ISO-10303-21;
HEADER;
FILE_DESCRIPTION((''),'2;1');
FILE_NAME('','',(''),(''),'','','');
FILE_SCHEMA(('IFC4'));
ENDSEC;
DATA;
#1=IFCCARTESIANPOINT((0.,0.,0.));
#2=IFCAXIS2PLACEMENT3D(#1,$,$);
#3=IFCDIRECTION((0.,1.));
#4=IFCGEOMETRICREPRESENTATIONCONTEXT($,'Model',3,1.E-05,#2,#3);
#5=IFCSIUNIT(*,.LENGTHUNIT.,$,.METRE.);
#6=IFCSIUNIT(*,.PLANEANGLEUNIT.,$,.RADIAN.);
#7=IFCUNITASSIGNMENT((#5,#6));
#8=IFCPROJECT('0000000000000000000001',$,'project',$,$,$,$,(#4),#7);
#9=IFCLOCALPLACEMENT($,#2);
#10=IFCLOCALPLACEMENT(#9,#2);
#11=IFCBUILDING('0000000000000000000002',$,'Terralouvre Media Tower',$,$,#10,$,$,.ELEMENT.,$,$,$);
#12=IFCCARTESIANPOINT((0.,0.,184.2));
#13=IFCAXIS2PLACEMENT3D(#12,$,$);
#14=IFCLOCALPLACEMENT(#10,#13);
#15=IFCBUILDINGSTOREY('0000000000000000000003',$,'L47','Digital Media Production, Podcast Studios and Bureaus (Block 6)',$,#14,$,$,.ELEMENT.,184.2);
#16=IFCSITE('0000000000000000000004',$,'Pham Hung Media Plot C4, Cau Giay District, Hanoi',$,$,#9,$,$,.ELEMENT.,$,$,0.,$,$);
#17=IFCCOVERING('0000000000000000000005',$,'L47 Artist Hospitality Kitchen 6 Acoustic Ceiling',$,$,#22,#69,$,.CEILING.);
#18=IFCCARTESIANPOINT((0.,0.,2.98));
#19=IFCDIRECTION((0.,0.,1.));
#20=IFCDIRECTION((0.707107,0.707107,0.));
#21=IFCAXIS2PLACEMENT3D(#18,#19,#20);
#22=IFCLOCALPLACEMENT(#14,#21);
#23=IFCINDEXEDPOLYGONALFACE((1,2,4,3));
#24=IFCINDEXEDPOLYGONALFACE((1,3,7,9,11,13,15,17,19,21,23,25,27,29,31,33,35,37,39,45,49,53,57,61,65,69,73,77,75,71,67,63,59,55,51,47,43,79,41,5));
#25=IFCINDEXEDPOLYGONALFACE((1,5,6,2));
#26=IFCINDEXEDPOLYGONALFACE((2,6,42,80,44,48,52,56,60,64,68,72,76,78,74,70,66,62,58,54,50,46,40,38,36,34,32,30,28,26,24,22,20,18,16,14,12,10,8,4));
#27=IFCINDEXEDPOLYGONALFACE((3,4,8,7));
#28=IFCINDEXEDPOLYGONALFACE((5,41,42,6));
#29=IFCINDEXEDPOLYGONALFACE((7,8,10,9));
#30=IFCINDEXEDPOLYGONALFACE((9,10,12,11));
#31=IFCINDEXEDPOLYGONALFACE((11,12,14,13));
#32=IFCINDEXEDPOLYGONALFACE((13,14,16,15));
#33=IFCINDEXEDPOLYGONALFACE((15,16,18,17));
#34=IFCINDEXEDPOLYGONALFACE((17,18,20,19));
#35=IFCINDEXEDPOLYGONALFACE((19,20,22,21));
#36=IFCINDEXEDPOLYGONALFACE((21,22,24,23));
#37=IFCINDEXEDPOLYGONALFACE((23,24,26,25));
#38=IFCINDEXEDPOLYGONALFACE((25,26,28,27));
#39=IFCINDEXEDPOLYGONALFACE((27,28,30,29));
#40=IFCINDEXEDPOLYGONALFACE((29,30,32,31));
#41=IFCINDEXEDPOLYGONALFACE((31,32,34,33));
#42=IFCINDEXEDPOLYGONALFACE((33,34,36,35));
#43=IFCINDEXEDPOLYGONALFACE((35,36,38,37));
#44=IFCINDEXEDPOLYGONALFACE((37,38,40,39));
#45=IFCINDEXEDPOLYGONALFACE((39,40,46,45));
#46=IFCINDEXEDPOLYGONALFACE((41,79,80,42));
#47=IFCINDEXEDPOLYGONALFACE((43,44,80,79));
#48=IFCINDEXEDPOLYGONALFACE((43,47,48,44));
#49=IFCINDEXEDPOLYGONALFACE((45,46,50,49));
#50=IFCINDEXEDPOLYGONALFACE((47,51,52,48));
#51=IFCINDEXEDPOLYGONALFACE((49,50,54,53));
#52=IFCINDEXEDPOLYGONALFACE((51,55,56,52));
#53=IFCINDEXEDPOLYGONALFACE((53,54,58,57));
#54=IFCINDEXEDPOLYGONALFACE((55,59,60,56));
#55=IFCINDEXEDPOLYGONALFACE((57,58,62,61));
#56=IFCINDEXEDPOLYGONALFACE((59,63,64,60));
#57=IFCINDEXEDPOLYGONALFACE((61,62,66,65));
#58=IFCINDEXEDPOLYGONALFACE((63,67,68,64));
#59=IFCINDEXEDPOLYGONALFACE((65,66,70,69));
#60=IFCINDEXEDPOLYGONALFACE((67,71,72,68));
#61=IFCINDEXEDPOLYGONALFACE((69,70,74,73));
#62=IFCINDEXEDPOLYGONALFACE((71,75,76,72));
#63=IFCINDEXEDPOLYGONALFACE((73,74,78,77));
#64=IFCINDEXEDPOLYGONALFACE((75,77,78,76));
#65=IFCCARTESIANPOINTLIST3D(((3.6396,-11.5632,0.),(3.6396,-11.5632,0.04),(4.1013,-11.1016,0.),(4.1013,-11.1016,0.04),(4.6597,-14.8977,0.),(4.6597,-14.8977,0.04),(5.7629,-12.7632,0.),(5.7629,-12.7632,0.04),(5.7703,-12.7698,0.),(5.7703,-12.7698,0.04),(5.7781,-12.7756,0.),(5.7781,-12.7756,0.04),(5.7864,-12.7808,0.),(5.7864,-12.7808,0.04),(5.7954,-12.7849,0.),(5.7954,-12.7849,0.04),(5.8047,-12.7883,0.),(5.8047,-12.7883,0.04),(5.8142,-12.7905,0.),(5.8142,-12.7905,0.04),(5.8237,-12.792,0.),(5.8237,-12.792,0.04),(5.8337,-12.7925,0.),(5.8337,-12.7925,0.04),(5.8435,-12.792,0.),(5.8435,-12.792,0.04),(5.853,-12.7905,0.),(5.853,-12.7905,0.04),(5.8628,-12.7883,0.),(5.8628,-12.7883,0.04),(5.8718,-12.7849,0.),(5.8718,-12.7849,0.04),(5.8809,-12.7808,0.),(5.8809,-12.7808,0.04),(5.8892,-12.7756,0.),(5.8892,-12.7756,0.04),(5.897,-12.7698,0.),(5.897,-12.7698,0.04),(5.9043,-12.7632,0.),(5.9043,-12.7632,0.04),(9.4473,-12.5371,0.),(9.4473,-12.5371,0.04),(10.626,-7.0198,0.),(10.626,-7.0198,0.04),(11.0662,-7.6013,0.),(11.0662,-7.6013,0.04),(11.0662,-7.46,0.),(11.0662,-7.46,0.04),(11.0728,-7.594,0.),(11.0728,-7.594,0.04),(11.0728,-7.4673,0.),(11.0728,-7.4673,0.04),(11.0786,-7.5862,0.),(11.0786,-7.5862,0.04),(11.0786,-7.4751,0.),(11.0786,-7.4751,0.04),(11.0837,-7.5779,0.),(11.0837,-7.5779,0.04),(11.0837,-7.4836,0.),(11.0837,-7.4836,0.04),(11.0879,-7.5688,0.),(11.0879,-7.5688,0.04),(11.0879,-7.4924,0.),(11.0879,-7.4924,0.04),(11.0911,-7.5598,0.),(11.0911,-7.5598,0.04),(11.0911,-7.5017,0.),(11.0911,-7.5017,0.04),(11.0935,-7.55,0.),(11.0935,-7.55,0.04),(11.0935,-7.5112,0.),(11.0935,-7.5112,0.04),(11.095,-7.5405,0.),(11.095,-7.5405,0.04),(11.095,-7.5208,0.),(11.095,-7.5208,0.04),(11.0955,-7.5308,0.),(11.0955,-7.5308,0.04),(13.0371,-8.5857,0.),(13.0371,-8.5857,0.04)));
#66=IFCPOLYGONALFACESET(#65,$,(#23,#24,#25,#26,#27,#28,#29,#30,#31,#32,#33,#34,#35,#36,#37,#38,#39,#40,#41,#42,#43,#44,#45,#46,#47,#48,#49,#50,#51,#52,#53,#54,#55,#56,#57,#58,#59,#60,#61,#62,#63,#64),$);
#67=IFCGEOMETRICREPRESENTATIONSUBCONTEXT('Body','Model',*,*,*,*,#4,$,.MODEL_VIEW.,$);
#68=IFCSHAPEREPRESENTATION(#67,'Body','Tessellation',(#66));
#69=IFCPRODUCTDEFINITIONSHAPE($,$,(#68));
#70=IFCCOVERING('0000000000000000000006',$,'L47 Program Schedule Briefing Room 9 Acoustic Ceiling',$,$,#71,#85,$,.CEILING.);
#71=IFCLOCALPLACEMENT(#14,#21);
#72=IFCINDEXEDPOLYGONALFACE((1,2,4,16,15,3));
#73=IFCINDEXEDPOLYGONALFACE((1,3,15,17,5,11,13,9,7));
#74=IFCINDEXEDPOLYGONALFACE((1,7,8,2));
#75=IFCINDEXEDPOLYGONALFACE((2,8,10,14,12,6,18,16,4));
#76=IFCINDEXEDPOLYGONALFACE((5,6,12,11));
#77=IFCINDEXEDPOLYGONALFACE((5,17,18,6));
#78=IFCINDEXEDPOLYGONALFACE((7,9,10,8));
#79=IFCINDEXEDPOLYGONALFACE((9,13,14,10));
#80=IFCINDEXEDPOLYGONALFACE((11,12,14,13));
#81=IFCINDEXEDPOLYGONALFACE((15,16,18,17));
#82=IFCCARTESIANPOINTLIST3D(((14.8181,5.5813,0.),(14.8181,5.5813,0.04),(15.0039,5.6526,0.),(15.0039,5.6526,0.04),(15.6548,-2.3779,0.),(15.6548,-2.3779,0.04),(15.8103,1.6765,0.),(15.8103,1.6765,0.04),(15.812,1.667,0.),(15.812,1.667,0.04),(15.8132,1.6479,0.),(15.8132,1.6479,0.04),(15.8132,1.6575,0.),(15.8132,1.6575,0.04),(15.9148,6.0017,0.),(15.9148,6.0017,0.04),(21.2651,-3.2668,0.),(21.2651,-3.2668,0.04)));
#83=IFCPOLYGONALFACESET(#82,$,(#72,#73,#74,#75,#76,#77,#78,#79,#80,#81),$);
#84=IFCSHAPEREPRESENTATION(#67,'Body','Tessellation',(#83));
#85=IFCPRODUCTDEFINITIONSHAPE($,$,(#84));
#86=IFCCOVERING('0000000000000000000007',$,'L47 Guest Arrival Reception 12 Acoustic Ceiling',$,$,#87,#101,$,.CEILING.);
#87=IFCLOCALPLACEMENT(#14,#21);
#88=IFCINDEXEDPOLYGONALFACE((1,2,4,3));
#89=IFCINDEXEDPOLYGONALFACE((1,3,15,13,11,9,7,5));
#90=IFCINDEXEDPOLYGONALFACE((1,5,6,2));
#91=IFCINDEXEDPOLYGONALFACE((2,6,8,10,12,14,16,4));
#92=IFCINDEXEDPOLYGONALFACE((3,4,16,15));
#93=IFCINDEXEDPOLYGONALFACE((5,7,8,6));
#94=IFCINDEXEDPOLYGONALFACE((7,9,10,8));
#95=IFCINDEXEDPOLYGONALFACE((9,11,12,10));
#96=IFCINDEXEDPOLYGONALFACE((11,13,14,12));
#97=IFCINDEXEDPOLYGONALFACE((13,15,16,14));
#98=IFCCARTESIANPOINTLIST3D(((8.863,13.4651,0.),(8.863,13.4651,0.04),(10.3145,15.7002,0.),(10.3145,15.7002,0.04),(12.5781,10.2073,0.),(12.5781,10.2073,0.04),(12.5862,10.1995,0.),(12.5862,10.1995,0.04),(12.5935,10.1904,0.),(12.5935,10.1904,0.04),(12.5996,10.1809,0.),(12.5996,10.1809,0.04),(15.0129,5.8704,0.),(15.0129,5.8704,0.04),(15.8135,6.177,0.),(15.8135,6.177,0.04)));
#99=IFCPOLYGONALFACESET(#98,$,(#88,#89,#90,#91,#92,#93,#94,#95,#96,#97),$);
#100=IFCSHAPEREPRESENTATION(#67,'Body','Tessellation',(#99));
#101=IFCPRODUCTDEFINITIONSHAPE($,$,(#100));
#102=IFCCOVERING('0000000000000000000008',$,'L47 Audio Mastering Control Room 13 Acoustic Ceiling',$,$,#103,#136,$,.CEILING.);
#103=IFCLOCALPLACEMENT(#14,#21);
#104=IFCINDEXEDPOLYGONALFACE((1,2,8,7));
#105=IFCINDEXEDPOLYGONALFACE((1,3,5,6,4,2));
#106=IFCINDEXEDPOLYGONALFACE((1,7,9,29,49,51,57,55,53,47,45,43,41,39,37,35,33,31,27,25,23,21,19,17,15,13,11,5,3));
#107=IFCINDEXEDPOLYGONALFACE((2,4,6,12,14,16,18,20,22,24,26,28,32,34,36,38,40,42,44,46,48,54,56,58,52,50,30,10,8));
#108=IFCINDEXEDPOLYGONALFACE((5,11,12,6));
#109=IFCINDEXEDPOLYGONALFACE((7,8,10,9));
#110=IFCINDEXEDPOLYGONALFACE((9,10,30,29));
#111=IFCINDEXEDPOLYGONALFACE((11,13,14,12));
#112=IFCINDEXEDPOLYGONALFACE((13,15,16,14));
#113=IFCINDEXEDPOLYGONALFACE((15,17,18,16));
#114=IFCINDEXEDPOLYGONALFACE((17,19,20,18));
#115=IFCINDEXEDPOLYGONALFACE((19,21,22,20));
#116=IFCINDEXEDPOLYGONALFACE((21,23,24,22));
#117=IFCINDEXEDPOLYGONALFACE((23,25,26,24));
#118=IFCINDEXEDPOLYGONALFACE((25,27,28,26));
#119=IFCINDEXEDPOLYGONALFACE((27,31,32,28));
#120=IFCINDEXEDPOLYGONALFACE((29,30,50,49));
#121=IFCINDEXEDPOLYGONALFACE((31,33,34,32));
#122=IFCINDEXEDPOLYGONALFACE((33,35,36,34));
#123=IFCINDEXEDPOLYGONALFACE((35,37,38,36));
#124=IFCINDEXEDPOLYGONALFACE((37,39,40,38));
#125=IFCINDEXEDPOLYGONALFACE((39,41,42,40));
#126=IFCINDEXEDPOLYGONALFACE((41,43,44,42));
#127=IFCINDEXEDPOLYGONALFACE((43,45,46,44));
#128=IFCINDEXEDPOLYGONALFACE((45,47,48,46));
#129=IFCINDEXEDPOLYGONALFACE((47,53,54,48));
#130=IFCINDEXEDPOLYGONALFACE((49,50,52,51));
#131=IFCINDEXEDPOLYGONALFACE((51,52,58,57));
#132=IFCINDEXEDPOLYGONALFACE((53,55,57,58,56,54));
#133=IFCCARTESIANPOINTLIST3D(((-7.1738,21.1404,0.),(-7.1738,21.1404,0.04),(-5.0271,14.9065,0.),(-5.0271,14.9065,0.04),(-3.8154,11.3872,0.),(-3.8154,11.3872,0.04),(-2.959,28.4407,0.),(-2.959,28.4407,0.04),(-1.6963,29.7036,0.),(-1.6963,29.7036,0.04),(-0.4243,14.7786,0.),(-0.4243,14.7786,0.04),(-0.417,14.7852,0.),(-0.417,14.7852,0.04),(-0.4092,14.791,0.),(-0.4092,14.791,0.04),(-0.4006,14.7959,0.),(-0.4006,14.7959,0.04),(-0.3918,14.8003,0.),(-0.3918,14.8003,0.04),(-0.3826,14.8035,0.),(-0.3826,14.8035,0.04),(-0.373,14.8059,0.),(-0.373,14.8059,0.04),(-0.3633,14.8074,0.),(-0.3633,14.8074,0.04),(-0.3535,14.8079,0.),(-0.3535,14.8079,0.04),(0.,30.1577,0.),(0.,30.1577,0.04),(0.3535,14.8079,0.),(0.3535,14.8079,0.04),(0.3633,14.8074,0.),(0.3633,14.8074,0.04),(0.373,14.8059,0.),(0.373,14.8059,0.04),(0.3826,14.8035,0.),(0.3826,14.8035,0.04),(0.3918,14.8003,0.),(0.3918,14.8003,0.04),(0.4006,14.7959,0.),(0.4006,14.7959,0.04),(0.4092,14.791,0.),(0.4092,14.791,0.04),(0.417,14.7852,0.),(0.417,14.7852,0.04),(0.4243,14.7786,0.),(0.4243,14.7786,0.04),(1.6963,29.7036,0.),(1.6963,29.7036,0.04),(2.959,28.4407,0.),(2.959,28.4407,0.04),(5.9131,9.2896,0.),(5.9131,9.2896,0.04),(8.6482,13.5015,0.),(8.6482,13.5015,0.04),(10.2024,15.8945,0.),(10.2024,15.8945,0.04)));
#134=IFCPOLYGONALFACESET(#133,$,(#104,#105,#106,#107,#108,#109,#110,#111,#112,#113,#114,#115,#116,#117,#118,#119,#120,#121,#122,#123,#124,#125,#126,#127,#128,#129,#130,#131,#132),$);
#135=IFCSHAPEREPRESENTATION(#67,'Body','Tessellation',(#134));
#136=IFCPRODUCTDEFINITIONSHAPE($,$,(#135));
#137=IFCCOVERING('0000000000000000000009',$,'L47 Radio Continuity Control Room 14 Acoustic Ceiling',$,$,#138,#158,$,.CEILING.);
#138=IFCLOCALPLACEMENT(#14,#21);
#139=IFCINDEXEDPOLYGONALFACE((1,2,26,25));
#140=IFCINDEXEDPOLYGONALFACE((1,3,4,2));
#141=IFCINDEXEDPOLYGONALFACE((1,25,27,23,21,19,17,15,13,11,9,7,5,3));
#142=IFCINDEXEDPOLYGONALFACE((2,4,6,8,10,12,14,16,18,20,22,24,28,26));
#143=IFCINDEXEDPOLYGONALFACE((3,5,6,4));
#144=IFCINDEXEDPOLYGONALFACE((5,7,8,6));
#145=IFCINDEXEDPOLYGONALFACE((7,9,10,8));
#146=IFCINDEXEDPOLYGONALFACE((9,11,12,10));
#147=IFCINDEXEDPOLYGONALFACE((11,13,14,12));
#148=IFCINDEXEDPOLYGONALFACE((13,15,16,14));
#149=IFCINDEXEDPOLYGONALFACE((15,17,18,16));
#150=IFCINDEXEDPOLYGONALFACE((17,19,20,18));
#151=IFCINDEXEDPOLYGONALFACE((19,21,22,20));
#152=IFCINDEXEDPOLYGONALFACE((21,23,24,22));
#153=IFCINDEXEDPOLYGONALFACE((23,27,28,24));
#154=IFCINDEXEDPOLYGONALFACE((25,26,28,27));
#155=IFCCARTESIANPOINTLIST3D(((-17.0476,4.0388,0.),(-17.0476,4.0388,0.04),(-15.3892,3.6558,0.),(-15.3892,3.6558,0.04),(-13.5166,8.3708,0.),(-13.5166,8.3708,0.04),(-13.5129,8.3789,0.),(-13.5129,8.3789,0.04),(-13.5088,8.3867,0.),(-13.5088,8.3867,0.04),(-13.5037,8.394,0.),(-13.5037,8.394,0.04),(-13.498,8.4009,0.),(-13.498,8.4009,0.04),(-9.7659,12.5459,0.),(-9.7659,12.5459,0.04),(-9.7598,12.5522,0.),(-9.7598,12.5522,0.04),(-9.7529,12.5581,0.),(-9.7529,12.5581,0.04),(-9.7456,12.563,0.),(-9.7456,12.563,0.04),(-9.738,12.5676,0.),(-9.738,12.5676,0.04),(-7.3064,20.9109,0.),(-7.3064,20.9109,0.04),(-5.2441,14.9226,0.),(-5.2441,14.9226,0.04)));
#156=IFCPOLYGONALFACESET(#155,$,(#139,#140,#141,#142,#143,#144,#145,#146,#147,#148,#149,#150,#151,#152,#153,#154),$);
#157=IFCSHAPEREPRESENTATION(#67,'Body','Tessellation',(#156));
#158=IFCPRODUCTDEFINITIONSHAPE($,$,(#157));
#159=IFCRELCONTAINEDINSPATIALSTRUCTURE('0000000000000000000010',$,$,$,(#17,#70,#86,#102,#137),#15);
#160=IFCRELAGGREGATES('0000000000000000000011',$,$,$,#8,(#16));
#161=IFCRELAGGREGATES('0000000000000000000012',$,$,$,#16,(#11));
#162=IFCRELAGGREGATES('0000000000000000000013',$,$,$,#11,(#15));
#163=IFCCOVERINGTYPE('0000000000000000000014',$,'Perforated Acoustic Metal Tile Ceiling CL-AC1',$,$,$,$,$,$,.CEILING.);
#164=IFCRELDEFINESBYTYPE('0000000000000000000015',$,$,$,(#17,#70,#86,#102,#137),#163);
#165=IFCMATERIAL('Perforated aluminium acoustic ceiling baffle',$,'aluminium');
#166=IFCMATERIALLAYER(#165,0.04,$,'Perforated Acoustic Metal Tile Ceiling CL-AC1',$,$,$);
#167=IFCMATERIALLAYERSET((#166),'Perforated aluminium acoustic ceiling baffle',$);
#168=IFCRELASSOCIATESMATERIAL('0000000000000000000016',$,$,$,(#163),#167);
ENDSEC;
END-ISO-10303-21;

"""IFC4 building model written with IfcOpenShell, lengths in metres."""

from ifc_helpers import new_model, si_unit, direction, frame, origin, place, context, subcontext, project, spatial, polyline, outline, extrude, material, layer, layer_set, type_object, element, save


model = new_model("IFC4")

# Units and contexts
model_context = context("Model", 3, precision=1e-05, world=origin(), true_north=direction((0.0, 1.0)))
body_context = subcontext(model_context, "Body", "Model", "MODEL_VIEW")
ifc_project = project(units=[si_unit("LENGTHUNIT", "METRE"), si_unit("PLANEANGLEUNIT", "RADIAN")], contexts=[model_context])

# Site, building, storey
site_placement = place(None, origin())
site = spatial("IfcSite", under=ifc_project, at=site_placement, Name="Pham Hung Media Plot C4, Cau Giay District, Hanoi", CompositionType="ELEMENT", RefElevation=0.0)
building_placement = place(site_placement, origin())
building = spatial("IfcBuilding", under=site, at=building_placement, Name="Terralouvre Media Tower", CompositionType="ELEMENT")
storey_placement = place(building_placement, frame((0.0, 0.0, 184.2)))
storey = spatial("IfcBuildingStorey", under=building, at=storey_placement, Name="L47", Description="Digital Media Production, Podcast Studios and Bureaus (Block 6)", CompositionType="ELEMENT", Elevation=184.2)

# Coverings
ifc_material_1 = material(Name="Perforated aluminium acoustic ceiling baffle", Category="aluminium")
ifc_layer_1 = layer(ifc_material_1, 0.04, Name="Perforated Acoustic Metal Tile Ceiling CL-AC1")
ifc_layer_set_1 = layer_set([ifc_layer_1], Name="Perforated aluminium acoustic ceiling baffle")
covering_type_1 = type_object("IfcCoveringType", Name="Perforated Acoustic Metal Tile Ceiling CL-AC1", PredefinedType="CEILING", material=ifc_layer_set_1)
covering_1_placement = place(storey_placement, frame((0.0, 0.0, 2.98), z_axis=(0.0, 0.0, 1.0), x_axis=(0.707107, 0.707107, 0.0)))
element("IfcCovering", 1, at=covering_1_placement, inside=storey, type_object=covering_type_1, Name="L47 Artist Hospitality Kitchen 6 Acoustic Ceiling", PredefinedType="CEILING", context=body_context, shape_type="SweptSolid", body=[
    extrude(outline(polyline([(9.4473, -12.5371), (13.0371, -8.5857), (10.626, -7.0198), (11.0662, -7.46), (11.0728, -7.4673), (11.0786, -7.4751), (11.0837, -7.4836), (11.0879, -7.4924), (11.0911, -7.5017), (11.0935, -7.5112), (11.095, -7.5208), (11.0955, -7.5308), (11.095, -7.5405), (11.0935, -7.55), (11.0911, -7.5598), (11.0879, -7.5688), (11.0837, -7.5779), (11.0786, -7.5862), (11.0728, -7.594), (11.0662, -7.6013), (5.9043, -12.7632), (5.897, -12.7698), (5.8892, -12.7756), (5.8809, -12.7808), (5.8718, -12.7849), (5.8628, -12.7883), (5.853, -12.7905), (5.8435, -12.792), (5.8337, -12.7925), (5.8237, -12.792), (5.8142, -12.7905), (5.8047, -12.7883), (5.7954, -12.7849), (5.7864, -12.7808), (5.7781, -12.7756), (5.7703, -12.7698), (5.7629, -12.7632), (4.1013, -11.1016), (3.6396, -11.5632), (4.6597, -14.8977), (9.4473, -12.5371)])), origin(), (0.0, 0.0, 1.0), 0.04),
])
covering_2_placement = place(storey_placement, frame((0.0, 0.0, 2.98), z_axis=(0.0, 0.0, 1.0), x_axis=(0.707107, 0.707107, 0.0)))
element("IfcCovering", 2, at=covering_2_placement, inside=storey, type_object=covering_type_1, Name="L47 Program Schedule Briefing Room 9 Acoustic Ceiling", PredefinedType="CEILING", context=body_context, shape_type="SweptSolid", body=[
    extrude(outline(polyline([(14.8181, 5.5813), (15.8103, 1.6765), (15.812, 1.667), (15.8132, 1.6575), (15.8132, 1.6479), (15.6548, -2.3779), (21.2651, -3.2668), (15.9148, 6.0017), (15.0039, 5.6526), (14.8181, 5.5813)])), origin(), (0.0, 0.0, 1.0), 0.04),
])
covering_3_placement = place(storey_placement, frame((0.0, 0.0, 2.98), z_axis=(0.0, 0.0, 1.0), x_axis=(0.707107, 0.707107, 0.0)))
element("IfcCovering", 3, at=covering_3_placement, inside=storey, type_object=covering_type_1, Name="L47 Guest Arrival Reception 12 Acoustic Ceiling", PredefinedType="CEILING", context=body_context, shape_type="SweptSolid", body=[
    extrude(outline(polyline([(12.5781, 10.2073), (12.5862, 10.1995), (12.5935, 10.1904), (12.5996, 10.1809), (15.0129, 5.8704), (15.8135, 6.177), (10.3145, 15.7002), (8.863, 13.4651), (12.5781, 10.2073)])), origin(), (0.0, 0.0, 1.0), 0.04),
])
covering_4_placement = place(storey_placement, frame((0.0, 0.0, 2.98), z_axis=(0.0, 0.0, 1.0), x_axis=(0.707107, 0.707107, 0.0)))
element("IfcCovering", 4, at=covering_4_placement, inside=storey, type_object=covering_type_1, Name="L47 Audio Mastering Control Room 13 Acoustic Ceiling", PredefinedType="CEILING", context=body_context, shape_type="SweptSolid", body=[
    extrude(outline(polyline([(-5.0271, 14.9065), (-3.8154, 11.3872), (-0.4243, 14.7786), (-0.417, 14.7852), (-0.4092, 14.791), (-0.4006, 14.7959), (-0.3918, 14.8003), (-0.3826, 14.8035), (-0.373, 14.8059), (-0.3633, 14.8074), (-0.3535, 14.8079), (0.3535, 14.8079), (0.3633, 14.8074), (0.373, 14.8059), (0.3826, 14.8035), (0.3918, 14.8003), (0.4006, 14.7959), (0.4092, 14.791), (0.417, 14.7852), (0.4243, 14.7786), (5.9131, 9.2896), (8.6482, 13.5015), (10.2024, 15.8945), (2.959, 28.4407), (1.6963, 29.7036), (0.0, 30.1577), (-1.6963, 29.7036), (-2.959, 28.4407), (-7.1738, 21.1404), (-5.0271, 14.9065)])), origin(), (0.0, 0.0, 1.0), 0.04),
])
covering_5_placement = place(storey_placement, frame((0.0, 0.0, 2.98), z_axis=(0.0, 0.0, 1.0), x_axis=(0.707107, 0.707107, 0.0)))
element("IfcCovering", 5, at=covering_5_placement, inside=storey, type_object=covering_type_1, Name="L47 Radio Continuity Control Room 14 Acoustic Ceiling", PredefinedType="CEILING", context=body_context, shape_type="SweptSolid", body=[
    extrude(outline(polyline([(-13.5166, 8.3708), (-13.5129, 8.3789), (-13.5088, 8.3867), (-13.5037, 8.394), (-13.498, 8.4009), (-9.7659, 12.5459), (-9.7598, 12.5522), (-9.7529, 12.5581), (-9.7456, 12.563), (-9.738, 12.5676), (-5.2441, 14.9226), (-7.3064, 20.9109), (-17.0476, 4.0388), (-15.3892, 3.6558), (-13.5166, 8.3708)])), origin(), (0.0, 0.0, 1.0), 0.04),
])

save(model, "model.ifc")
